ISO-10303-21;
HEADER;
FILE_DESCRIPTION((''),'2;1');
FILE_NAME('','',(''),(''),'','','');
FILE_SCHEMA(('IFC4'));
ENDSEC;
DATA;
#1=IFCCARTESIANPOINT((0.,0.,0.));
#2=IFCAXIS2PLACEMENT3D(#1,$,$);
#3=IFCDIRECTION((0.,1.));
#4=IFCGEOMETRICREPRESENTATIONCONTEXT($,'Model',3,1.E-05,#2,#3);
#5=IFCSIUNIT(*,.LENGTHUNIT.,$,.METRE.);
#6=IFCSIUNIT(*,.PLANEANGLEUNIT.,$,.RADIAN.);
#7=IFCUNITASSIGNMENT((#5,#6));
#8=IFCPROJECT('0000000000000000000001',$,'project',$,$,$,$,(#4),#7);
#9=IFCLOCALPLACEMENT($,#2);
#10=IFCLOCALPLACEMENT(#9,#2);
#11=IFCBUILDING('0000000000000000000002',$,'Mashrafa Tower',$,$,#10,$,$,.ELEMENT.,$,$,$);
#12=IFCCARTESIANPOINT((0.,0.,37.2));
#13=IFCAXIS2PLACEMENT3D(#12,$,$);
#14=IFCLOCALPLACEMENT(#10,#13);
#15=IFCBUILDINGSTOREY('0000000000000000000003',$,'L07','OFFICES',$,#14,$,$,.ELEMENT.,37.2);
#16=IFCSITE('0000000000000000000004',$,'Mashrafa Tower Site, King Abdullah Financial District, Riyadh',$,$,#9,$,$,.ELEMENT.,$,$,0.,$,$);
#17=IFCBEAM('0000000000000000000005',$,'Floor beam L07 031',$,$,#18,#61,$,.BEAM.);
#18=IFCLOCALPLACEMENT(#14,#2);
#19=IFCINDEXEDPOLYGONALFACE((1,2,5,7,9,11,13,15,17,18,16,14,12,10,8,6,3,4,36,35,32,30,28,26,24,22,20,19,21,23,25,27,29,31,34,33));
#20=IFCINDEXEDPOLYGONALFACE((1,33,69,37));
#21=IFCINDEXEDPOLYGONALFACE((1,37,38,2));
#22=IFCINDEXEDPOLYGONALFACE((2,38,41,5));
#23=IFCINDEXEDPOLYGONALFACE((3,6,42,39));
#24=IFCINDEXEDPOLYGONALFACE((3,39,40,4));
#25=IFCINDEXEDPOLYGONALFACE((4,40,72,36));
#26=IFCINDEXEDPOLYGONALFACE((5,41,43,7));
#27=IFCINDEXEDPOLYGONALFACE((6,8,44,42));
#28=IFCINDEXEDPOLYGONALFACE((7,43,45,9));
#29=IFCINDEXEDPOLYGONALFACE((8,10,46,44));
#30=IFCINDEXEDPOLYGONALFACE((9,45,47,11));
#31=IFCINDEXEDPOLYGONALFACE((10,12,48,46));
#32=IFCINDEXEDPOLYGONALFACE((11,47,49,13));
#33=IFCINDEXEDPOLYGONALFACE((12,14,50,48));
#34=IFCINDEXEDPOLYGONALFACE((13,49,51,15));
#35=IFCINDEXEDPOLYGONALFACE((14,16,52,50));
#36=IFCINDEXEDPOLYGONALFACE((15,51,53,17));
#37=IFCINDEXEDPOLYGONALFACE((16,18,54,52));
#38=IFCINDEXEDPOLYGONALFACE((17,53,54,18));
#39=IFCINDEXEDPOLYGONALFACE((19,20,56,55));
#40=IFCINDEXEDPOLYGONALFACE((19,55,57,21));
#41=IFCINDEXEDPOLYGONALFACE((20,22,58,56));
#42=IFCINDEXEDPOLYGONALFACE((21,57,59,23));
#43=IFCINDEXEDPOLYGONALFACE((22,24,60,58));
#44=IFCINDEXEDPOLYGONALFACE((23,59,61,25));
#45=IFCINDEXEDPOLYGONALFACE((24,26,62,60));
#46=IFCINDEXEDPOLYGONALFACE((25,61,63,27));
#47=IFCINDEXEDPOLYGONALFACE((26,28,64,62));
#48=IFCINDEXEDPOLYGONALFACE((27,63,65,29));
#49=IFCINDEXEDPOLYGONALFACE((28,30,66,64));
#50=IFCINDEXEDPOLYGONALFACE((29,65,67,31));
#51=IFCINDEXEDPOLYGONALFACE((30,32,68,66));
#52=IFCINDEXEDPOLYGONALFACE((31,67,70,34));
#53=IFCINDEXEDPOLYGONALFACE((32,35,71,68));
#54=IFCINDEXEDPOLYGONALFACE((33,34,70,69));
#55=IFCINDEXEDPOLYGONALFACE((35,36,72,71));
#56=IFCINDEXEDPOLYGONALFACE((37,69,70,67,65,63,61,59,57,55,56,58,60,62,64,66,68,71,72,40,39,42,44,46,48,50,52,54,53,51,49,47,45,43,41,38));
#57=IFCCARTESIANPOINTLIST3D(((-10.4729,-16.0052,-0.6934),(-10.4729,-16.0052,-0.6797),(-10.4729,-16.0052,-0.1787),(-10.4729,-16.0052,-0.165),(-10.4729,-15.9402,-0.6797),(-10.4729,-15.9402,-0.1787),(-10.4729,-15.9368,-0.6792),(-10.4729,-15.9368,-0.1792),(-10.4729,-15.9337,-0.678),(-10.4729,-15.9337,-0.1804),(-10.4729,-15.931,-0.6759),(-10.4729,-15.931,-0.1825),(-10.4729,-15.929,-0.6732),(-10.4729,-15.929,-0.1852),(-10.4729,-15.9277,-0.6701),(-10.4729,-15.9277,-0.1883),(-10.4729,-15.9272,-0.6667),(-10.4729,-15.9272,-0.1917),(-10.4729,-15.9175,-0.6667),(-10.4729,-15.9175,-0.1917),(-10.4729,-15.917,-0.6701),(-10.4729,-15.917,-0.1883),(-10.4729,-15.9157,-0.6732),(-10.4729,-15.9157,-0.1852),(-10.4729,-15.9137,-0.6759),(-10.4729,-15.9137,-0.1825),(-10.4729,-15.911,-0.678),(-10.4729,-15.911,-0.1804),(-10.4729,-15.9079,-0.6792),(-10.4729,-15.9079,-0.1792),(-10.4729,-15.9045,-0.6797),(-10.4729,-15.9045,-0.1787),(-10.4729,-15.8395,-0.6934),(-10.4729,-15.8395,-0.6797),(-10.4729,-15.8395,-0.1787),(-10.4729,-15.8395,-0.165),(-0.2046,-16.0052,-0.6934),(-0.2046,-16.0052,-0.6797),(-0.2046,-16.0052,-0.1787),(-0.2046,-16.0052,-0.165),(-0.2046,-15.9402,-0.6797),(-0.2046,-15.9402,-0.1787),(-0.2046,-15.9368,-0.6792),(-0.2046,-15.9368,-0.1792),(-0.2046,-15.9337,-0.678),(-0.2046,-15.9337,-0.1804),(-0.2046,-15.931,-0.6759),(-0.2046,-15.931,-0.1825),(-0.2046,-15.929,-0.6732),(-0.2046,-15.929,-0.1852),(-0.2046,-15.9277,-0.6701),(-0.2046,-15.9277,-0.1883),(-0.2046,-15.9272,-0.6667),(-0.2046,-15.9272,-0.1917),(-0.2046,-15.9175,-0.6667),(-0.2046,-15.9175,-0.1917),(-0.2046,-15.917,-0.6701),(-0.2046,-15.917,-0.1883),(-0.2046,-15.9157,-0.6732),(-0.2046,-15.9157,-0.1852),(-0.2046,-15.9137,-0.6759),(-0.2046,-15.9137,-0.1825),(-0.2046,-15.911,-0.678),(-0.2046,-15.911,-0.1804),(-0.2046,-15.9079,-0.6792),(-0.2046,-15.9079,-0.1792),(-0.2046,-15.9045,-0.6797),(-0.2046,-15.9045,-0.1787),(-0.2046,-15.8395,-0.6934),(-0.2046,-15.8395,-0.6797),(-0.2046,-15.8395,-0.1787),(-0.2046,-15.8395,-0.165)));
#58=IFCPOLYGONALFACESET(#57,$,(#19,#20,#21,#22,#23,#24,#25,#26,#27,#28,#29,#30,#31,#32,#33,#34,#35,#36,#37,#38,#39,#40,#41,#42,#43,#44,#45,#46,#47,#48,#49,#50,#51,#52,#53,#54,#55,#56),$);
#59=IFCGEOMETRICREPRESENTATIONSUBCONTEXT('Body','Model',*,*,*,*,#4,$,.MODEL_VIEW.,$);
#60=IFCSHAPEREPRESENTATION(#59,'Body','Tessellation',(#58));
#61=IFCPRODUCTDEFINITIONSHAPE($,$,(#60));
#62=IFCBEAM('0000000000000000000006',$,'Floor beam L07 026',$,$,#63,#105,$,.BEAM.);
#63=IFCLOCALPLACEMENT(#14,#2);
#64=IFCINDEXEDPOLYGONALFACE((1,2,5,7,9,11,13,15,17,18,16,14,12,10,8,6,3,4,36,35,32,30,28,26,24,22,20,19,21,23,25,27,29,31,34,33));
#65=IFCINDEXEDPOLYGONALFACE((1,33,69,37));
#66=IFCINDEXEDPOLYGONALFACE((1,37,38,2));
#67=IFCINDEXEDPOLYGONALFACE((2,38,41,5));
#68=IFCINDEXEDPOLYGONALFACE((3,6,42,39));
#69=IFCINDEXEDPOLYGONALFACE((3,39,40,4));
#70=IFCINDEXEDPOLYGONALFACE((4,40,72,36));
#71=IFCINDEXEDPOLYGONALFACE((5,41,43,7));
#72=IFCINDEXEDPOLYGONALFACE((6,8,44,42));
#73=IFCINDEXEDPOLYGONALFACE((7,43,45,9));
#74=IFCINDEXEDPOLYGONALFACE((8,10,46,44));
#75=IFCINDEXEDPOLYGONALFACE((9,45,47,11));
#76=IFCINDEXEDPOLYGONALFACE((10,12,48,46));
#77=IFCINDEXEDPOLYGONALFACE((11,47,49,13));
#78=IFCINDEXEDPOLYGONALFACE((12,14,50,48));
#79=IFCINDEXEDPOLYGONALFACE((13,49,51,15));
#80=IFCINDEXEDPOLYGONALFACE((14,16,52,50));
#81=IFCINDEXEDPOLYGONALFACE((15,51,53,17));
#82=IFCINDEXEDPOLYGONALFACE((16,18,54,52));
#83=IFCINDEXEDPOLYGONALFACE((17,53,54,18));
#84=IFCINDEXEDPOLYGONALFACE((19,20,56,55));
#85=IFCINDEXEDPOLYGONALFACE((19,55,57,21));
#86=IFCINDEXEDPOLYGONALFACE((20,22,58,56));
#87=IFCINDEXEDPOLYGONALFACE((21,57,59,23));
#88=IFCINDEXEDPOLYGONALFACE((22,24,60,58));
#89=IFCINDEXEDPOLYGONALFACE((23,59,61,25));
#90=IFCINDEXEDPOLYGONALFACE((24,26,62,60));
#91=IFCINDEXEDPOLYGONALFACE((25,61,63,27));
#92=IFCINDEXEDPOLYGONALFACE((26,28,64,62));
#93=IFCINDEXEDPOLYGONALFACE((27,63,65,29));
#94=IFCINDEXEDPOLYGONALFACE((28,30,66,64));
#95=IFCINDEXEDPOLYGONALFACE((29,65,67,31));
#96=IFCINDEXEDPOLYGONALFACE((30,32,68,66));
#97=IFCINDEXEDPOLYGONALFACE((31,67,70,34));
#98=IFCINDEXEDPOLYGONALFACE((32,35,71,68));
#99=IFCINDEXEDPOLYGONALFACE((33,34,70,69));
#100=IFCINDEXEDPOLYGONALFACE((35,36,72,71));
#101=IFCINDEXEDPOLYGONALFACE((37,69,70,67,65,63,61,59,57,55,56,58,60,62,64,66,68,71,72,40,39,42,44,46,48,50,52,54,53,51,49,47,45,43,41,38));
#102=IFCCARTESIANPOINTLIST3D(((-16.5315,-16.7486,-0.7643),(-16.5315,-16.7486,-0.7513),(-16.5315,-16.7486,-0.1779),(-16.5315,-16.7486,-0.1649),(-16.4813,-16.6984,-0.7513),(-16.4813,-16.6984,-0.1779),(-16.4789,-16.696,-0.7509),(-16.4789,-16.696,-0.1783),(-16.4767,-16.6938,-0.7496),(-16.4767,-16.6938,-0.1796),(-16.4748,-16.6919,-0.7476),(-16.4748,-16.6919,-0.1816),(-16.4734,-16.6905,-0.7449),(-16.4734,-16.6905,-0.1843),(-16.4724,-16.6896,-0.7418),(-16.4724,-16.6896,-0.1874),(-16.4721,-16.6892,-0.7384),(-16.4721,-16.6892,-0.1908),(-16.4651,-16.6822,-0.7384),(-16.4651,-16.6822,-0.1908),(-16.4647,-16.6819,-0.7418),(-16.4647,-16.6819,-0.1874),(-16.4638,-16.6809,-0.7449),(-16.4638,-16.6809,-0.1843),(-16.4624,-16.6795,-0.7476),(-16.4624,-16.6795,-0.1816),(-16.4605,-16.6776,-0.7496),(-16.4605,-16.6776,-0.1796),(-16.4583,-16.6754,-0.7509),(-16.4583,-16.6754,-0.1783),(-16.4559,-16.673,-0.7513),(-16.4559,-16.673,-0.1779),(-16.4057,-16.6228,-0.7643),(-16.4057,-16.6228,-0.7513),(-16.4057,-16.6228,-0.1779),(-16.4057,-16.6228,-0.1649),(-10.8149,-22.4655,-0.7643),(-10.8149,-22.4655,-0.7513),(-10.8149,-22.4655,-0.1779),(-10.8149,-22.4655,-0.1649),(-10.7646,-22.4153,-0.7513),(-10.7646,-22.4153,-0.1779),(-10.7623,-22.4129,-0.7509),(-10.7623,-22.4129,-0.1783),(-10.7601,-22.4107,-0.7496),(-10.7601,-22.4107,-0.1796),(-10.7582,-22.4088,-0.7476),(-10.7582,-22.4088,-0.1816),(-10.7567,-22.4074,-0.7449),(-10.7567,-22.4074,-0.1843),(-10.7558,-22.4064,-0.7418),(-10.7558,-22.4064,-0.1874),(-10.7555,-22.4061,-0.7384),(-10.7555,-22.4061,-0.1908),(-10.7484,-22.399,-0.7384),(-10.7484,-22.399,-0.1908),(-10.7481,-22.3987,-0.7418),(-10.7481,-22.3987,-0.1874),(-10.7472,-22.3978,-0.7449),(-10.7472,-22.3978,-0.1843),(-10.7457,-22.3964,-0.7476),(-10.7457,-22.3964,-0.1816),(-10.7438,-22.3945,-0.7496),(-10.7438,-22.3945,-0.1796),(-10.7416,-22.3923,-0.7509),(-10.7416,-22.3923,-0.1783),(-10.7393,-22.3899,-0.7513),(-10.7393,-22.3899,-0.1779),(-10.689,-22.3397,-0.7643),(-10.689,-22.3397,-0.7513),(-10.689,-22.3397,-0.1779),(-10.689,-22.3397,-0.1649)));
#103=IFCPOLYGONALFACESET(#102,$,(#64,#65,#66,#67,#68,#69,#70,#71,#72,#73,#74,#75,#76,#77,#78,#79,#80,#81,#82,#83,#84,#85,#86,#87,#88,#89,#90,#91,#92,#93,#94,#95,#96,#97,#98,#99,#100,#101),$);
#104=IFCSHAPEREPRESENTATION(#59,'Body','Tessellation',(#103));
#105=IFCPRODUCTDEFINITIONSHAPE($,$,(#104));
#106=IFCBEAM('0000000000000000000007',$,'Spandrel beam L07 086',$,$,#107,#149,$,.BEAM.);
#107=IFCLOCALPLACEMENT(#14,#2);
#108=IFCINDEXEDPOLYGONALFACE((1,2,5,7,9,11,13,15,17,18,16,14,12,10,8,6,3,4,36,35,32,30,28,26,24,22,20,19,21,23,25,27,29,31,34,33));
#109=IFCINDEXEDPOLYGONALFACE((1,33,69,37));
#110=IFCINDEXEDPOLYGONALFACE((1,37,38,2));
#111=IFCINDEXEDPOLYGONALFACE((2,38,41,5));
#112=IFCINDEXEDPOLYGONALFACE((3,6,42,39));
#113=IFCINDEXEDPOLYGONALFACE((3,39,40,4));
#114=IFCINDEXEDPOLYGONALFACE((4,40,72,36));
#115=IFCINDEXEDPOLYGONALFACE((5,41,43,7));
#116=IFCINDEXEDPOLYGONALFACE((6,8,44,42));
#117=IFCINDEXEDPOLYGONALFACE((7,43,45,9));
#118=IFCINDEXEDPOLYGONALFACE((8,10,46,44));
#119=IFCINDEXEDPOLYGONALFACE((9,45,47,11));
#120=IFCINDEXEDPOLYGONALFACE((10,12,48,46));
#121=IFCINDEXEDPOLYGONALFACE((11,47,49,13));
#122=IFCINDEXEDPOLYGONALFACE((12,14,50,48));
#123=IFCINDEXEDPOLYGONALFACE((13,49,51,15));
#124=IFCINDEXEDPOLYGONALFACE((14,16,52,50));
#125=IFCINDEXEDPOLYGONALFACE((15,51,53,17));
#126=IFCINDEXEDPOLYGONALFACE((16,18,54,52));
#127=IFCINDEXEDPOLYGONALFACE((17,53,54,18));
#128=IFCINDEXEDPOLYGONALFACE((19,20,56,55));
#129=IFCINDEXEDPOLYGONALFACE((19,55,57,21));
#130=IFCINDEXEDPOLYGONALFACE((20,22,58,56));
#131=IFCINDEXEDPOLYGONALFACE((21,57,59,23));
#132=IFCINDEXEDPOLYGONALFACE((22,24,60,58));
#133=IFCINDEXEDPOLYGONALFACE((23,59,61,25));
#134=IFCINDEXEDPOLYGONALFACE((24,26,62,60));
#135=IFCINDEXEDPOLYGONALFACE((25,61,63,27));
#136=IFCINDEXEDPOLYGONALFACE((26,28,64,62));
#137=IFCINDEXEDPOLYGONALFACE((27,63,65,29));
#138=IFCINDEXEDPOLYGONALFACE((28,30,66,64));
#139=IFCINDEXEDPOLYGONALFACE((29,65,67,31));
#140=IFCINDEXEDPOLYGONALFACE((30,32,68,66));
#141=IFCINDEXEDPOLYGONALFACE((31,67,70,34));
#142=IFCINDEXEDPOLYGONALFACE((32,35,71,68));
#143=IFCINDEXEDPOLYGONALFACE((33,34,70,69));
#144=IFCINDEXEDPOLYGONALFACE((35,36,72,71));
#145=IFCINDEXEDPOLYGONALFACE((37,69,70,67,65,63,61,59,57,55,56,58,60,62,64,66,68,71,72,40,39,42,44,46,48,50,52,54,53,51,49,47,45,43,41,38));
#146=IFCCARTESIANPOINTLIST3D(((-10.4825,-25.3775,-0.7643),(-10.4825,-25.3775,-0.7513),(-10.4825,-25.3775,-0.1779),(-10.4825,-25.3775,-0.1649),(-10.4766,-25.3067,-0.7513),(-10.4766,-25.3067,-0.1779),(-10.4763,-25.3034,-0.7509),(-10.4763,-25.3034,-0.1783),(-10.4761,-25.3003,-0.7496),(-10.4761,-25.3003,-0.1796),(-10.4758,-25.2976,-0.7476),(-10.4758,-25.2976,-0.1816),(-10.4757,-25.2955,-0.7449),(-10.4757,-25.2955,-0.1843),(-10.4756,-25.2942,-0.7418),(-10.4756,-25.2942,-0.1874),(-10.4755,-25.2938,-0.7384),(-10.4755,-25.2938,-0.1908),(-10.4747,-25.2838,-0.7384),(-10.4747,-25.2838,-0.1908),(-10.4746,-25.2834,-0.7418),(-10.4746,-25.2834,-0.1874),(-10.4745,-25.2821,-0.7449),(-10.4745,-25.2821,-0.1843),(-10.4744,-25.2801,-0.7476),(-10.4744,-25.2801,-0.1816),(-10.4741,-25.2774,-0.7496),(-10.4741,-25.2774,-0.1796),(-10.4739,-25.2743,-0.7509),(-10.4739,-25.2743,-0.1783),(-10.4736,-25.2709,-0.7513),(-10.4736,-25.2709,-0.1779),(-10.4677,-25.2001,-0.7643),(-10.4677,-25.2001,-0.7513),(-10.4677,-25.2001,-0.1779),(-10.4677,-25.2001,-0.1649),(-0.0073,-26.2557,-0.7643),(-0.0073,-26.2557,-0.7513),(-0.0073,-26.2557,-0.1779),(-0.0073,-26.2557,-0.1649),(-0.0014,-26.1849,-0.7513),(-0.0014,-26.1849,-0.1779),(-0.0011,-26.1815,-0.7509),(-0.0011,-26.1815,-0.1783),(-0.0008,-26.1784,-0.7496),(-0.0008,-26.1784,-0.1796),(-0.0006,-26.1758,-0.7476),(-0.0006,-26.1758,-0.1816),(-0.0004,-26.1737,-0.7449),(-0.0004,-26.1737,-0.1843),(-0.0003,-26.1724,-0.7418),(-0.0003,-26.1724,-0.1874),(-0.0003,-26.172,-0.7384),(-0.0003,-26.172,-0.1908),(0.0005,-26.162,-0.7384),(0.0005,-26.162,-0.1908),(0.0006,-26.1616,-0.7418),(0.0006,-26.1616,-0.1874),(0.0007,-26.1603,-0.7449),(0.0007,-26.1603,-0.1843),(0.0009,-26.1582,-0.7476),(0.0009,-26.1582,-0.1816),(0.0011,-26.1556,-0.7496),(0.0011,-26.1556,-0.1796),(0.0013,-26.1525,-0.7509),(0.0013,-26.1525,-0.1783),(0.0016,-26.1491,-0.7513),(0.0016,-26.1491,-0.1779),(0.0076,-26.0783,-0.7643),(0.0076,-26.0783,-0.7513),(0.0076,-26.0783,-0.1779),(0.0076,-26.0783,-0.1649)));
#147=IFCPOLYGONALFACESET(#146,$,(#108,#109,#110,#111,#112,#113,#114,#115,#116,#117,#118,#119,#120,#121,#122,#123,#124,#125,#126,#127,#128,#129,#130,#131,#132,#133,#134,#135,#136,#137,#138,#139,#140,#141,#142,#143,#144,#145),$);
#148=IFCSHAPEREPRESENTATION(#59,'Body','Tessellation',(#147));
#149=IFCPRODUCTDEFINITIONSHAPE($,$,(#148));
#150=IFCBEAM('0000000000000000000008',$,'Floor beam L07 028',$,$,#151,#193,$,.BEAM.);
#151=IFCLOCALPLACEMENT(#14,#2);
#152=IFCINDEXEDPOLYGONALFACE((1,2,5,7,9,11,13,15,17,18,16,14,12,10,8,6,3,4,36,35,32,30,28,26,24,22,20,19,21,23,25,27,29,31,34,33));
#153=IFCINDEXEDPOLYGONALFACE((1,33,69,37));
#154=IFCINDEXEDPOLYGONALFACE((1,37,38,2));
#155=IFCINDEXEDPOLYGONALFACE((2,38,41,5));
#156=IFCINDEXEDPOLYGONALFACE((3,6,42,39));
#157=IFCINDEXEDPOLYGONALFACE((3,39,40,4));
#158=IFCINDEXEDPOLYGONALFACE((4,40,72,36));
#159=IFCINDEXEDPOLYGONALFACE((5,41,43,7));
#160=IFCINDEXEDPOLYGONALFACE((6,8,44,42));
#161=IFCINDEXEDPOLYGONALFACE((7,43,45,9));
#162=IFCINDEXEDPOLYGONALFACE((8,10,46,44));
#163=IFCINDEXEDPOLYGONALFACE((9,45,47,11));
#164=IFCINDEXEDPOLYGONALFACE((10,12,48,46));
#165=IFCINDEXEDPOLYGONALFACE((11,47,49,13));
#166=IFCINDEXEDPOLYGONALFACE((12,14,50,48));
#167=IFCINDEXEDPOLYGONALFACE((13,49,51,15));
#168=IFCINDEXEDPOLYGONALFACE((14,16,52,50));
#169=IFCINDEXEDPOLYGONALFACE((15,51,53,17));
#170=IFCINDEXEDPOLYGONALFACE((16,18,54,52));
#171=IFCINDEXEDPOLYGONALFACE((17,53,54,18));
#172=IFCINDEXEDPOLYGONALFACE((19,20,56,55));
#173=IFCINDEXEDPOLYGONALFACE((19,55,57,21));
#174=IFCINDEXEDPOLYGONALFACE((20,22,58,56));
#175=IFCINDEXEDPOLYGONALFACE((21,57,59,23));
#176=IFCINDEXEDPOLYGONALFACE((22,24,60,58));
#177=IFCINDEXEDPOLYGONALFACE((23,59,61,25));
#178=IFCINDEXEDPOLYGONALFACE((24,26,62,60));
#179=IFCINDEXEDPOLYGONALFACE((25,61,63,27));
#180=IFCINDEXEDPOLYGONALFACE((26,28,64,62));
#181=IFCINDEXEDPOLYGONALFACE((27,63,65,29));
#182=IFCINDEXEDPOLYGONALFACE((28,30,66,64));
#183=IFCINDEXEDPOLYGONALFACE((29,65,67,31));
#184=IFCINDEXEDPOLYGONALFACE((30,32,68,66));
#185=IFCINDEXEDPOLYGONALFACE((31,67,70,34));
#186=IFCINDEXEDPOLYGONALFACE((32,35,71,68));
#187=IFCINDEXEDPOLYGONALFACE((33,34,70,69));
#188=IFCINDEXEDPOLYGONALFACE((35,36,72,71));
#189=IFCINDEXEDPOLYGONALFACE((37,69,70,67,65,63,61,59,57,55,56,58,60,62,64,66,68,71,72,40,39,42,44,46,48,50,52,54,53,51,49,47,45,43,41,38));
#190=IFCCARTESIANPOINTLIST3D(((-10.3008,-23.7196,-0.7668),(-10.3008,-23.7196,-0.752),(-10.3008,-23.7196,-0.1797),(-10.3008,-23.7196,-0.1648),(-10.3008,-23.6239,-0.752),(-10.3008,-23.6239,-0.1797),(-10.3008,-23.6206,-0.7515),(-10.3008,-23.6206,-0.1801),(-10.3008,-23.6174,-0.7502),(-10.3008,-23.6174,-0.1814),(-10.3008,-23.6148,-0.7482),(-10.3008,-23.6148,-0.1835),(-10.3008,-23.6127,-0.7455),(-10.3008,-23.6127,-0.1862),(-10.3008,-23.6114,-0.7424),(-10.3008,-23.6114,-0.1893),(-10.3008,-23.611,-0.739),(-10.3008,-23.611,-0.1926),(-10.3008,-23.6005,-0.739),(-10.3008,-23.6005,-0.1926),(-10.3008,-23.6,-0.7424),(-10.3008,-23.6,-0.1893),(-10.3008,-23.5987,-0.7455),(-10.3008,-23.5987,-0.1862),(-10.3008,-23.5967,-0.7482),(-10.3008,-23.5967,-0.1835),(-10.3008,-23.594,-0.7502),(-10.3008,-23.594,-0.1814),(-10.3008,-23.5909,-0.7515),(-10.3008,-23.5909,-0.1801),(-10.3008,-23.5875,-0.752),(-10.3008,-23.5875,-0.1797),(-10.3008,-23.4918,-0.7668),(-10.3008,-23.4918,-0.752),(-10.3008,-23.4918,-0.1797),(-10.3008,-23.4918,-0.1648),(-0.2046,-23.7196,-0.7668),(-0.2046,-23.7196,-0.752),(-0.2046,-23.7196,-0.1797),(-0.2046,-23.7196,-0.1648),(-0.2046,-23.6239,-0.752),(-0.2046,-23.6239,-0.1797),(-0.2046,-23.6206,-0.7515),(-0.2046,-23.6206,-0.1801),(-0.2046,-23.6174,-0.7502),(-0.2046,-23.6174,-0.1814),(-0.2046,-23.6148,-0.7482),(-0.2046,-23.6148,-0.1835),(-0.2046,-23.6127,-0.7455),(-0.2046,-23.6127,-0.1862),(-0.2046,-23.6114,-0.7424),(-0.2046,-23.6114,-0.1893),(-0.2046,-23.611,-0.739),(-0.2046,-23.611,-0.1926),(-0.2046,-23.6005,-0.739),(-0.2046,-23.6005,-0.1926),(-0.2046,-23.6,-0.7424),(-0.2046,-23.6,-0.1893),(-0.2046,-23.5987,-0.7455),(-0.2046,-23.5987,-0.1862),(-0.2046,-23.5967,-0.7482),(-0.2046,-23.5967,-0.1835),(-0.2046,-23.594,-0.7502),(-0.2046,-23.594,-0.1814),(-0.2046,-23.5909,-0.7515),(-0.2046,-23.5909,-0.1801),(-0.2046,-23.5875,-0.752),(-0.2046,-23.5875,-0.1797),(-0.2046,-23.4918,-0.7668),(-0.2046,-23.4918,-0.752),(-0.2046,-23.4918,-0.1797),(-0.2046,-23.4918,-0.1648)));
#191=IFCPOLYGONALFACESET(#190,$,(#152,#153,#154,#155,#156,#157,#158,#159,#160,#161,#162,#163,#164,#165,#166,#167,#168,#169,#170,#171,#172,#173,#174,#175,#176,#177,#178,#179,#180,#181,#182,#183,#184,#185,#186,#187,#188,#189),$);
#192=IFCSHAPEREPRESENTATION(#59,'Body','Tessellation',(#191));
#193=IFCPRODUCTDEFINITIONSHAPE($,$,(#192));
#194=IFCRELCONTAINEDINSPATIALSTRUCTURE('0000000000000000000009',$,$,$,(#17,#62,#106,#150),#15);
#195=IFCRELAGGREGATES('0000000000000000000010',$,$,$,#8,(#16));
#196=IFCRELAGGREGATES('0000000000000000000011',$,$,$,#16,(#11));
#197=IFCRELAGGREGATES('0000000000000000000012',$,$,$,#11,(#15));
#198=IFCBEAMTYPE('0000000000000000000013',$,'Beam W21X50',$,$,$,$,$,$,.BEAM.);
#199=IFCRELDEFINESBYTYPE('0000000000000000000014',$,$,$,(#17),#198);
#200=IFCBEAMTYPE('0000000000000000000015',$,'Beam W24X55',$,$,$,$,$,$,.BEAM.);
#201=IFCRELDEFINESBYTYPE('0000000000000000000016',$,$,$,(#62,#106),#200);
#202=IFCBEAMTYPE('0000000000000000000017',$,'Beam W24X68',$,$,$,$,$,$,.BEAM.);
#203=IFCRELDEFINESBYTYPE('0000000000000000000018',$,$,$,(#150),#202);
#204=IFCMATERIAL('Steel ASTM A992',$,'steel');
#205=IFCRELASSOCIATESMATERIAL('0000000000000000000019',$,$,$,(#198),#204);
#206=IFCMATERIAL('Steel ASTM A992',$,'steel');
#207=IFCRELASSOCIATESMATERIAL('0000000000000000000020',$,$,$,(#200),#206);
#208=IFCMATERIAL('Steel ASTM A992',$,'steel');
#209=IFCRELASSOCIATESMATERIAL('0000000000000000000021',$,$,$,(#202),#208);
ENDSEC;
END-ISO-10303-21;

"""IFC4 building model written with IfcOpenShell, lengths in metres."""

from ifc_helpers import new_model, si_unit, direction, frame, origin, origin_2d, place, context, subcontext, project, spatial, i_section, extrude, material, material_profile, profile_set, type_object, element, save


model = new_model("IFC4")

# Units and contexts
model_context = context("Model", 3, precision=1e-05, world=origin(), true_north=direction((0.0, 1.0)))
body_context = subcontext(model_context, "Body", "Model", "MODEL_VIEW")
ifc_project = project(units=[si_unit("LENGTHUNIT", "METRE"), si_unit("PLANEANGLEUNIT", "RADIAN")], contexts=[model_context])

# Site, building, storey
site_placement = place(None, origin())
site = spatial("IfcSite", under=ifc_project, at=site_placement, Name="Mashrafa Tower Site, King Abdullah Financial District, Riyadh", CompositionType="ELEMENT", RefElevation=0.0)
building_placement = place(site_placement, origin())
building = spatial("IfcBuilding", under=site, at=building_placement, Name="Mashrafa Tower", CompositionType="ELEMENT")
storey_placement = place(building_placement, frame((0.0, 0.0, 37.2)))
storey = spatial("IfcBuildingStorey", under=building, at=storey_placement, Name="L07", Description="OFFICES", CompositionType="ELEMENT", Elevation=37.2)

# Beams
ifc_material_1 = material(Name="Steel ASTM A992", Category="steel")
ifc_material_profile_1 = material_profile(ifc_material_1, i_section(OverallWidth=0.1658, OverallDepth=0.5283, WebThickness=0.0098, FlangeThickness=0.0137, FilletRadius=0.0129, at=origin_2d()), Name="W21X50")
ifc_profile_set_1 = profile_set([ifc_material_profile_1], Name="Steel ASTM A992")
beam_type_1 = type_object("IfcBeamType", Name="Beam W21X50", PredefinedType="BEAM", material=ifc_profile_set_1)
beam_1_placement = place(storey_placement, frame((-0.2046, -15.9224, -0.4292), z_axis=(-1.0, 0.0, 0.0), x_axis=(0.0, -1.0, 0.0)))
element("IfcBeam", 1, at=beam_1_placement, inside=storey, type_object=beam_type_1, Name="Floor beam L07 031", PredefinedType="BEAM", context=body_context, shape_type="SweptSolid", body=[
    extrude(i_section(OverallWidth=0.1658, OverallDepth=0.5283, WebThickness=0.0098, FlangeThickness=0.0137, FilletRadius=0.0129, at=origin_2d()), origin(), (0.0, 0.0, 1.0), 10.2683),
])
ifc_material_2 = material(Name="Steel ASTM A992", Category="steel")
ifc_material_profile_2 = material_profile(ifc_material_2, i_section(OverallWidth=0.178, OverallDepth=0.5994, WebThickness=0.01, FlangeThickness=0.0129, FilletRadius=0.0129, at=origin_2d()), Name="W24X55")
ifc_profile_set_2 = profile_set([ifc_material_profile_2], Name="Steel ASTM A992")
beam_type_2 = type_object("IfcBeamType", Name="Beam W24X55", PredefinedType="BEAM", material=ifc_profile_set_2)
beam_2_placement = place(storey_placement, frame((-10.752, -22.4026, -0.4646), z_axis=(-0.707092, 0.707122, 0.0), x_axis=(-0.707122, -0.707092, 0.0)))
element("IfcBeam", 2, at=beam_2_placement, inside=storey, type_object=beam_type_2, Name="Floor beam L07 026", PredefinedType="BEAM", context=body_context, shape_type="SweptSolid", body=[
    extrude(i_section(OverallWidth=0.178, OverallDepth=0.5994, WebThickness=0.01, FlangeThickness=0.0129, FilletRadius=0.0129, at=origin_2d()), origin(), (0.0, 0.0, 1.0), 8.0847),
])
beam_3_placement = place(storey_placement, frame((-10.4751, -25.2888, -0.4646), z_axis=(0.996504, -0.083541, 0.0), x_axis=(0.083541, 0.996504, 0.0)))
element("IfcBeam", 3, at=beam_3_placement, inside=storey, type_object=beam_type_2, Name="Spandrel beam L07 086", PredefinedType="BEAM", context=body_context, shape_type="SweptSolid", body=[
    extrude(i_section(OverallWidth=0.178, OverallDepth=0.5994, WebThickness=0.01, FlangeThickness=0.0129, FilletRadius=0.0129, at=origin_2d()), origin(), (0.0, 0.0, 1.0), 10.512),
])
ifc_material_3 = material(Name="Steel ASTM A992", Category="steel")
ifc_material_profile_3 = material_profile(ifc_material_3, i_section(OverallWidth=0.2278, OverallDepth=0.6021, WebThickness=0.0105, FlangeThickness=0.0149, FilletRadius=0.0129, at=origin_2d()), Name="W24X68")
ifc_profile_set_3 = profile_set([ifc_material_profile_3], Name="Steel ASTM A992")
beam_type_3 = type_object("IfcBeamType", Name="Beam W24X68", PredefinedType="BEAM", material=ifc_profile_set_3)
beam_4_placement = place(storey_placement, frame((-0.2046, -23.6057, -0.4658), z_axis=(-1.0, 0.0, 0.0), x_axis=(0.0, -1.0, 0.0)))
element("IfcBeam", 4, at=beam_4_placement, inside=storey, type_object=beam_type_3, Name="Floor beam L07 028", PredefinedType="BEAM", context=body_context, shape_type="SweptSolid", body=[
    extrude(i_section(OverallWidth=0.2278, OverallDepth=0.6021, WebThickness=0.0105, FlangeThickness=0.0149, FilletRadius=0.0129, at=origin_2d()), origin(), (0.0, 0.0, 1.0), 10.0962),
])

save(model, "model.ifc")
